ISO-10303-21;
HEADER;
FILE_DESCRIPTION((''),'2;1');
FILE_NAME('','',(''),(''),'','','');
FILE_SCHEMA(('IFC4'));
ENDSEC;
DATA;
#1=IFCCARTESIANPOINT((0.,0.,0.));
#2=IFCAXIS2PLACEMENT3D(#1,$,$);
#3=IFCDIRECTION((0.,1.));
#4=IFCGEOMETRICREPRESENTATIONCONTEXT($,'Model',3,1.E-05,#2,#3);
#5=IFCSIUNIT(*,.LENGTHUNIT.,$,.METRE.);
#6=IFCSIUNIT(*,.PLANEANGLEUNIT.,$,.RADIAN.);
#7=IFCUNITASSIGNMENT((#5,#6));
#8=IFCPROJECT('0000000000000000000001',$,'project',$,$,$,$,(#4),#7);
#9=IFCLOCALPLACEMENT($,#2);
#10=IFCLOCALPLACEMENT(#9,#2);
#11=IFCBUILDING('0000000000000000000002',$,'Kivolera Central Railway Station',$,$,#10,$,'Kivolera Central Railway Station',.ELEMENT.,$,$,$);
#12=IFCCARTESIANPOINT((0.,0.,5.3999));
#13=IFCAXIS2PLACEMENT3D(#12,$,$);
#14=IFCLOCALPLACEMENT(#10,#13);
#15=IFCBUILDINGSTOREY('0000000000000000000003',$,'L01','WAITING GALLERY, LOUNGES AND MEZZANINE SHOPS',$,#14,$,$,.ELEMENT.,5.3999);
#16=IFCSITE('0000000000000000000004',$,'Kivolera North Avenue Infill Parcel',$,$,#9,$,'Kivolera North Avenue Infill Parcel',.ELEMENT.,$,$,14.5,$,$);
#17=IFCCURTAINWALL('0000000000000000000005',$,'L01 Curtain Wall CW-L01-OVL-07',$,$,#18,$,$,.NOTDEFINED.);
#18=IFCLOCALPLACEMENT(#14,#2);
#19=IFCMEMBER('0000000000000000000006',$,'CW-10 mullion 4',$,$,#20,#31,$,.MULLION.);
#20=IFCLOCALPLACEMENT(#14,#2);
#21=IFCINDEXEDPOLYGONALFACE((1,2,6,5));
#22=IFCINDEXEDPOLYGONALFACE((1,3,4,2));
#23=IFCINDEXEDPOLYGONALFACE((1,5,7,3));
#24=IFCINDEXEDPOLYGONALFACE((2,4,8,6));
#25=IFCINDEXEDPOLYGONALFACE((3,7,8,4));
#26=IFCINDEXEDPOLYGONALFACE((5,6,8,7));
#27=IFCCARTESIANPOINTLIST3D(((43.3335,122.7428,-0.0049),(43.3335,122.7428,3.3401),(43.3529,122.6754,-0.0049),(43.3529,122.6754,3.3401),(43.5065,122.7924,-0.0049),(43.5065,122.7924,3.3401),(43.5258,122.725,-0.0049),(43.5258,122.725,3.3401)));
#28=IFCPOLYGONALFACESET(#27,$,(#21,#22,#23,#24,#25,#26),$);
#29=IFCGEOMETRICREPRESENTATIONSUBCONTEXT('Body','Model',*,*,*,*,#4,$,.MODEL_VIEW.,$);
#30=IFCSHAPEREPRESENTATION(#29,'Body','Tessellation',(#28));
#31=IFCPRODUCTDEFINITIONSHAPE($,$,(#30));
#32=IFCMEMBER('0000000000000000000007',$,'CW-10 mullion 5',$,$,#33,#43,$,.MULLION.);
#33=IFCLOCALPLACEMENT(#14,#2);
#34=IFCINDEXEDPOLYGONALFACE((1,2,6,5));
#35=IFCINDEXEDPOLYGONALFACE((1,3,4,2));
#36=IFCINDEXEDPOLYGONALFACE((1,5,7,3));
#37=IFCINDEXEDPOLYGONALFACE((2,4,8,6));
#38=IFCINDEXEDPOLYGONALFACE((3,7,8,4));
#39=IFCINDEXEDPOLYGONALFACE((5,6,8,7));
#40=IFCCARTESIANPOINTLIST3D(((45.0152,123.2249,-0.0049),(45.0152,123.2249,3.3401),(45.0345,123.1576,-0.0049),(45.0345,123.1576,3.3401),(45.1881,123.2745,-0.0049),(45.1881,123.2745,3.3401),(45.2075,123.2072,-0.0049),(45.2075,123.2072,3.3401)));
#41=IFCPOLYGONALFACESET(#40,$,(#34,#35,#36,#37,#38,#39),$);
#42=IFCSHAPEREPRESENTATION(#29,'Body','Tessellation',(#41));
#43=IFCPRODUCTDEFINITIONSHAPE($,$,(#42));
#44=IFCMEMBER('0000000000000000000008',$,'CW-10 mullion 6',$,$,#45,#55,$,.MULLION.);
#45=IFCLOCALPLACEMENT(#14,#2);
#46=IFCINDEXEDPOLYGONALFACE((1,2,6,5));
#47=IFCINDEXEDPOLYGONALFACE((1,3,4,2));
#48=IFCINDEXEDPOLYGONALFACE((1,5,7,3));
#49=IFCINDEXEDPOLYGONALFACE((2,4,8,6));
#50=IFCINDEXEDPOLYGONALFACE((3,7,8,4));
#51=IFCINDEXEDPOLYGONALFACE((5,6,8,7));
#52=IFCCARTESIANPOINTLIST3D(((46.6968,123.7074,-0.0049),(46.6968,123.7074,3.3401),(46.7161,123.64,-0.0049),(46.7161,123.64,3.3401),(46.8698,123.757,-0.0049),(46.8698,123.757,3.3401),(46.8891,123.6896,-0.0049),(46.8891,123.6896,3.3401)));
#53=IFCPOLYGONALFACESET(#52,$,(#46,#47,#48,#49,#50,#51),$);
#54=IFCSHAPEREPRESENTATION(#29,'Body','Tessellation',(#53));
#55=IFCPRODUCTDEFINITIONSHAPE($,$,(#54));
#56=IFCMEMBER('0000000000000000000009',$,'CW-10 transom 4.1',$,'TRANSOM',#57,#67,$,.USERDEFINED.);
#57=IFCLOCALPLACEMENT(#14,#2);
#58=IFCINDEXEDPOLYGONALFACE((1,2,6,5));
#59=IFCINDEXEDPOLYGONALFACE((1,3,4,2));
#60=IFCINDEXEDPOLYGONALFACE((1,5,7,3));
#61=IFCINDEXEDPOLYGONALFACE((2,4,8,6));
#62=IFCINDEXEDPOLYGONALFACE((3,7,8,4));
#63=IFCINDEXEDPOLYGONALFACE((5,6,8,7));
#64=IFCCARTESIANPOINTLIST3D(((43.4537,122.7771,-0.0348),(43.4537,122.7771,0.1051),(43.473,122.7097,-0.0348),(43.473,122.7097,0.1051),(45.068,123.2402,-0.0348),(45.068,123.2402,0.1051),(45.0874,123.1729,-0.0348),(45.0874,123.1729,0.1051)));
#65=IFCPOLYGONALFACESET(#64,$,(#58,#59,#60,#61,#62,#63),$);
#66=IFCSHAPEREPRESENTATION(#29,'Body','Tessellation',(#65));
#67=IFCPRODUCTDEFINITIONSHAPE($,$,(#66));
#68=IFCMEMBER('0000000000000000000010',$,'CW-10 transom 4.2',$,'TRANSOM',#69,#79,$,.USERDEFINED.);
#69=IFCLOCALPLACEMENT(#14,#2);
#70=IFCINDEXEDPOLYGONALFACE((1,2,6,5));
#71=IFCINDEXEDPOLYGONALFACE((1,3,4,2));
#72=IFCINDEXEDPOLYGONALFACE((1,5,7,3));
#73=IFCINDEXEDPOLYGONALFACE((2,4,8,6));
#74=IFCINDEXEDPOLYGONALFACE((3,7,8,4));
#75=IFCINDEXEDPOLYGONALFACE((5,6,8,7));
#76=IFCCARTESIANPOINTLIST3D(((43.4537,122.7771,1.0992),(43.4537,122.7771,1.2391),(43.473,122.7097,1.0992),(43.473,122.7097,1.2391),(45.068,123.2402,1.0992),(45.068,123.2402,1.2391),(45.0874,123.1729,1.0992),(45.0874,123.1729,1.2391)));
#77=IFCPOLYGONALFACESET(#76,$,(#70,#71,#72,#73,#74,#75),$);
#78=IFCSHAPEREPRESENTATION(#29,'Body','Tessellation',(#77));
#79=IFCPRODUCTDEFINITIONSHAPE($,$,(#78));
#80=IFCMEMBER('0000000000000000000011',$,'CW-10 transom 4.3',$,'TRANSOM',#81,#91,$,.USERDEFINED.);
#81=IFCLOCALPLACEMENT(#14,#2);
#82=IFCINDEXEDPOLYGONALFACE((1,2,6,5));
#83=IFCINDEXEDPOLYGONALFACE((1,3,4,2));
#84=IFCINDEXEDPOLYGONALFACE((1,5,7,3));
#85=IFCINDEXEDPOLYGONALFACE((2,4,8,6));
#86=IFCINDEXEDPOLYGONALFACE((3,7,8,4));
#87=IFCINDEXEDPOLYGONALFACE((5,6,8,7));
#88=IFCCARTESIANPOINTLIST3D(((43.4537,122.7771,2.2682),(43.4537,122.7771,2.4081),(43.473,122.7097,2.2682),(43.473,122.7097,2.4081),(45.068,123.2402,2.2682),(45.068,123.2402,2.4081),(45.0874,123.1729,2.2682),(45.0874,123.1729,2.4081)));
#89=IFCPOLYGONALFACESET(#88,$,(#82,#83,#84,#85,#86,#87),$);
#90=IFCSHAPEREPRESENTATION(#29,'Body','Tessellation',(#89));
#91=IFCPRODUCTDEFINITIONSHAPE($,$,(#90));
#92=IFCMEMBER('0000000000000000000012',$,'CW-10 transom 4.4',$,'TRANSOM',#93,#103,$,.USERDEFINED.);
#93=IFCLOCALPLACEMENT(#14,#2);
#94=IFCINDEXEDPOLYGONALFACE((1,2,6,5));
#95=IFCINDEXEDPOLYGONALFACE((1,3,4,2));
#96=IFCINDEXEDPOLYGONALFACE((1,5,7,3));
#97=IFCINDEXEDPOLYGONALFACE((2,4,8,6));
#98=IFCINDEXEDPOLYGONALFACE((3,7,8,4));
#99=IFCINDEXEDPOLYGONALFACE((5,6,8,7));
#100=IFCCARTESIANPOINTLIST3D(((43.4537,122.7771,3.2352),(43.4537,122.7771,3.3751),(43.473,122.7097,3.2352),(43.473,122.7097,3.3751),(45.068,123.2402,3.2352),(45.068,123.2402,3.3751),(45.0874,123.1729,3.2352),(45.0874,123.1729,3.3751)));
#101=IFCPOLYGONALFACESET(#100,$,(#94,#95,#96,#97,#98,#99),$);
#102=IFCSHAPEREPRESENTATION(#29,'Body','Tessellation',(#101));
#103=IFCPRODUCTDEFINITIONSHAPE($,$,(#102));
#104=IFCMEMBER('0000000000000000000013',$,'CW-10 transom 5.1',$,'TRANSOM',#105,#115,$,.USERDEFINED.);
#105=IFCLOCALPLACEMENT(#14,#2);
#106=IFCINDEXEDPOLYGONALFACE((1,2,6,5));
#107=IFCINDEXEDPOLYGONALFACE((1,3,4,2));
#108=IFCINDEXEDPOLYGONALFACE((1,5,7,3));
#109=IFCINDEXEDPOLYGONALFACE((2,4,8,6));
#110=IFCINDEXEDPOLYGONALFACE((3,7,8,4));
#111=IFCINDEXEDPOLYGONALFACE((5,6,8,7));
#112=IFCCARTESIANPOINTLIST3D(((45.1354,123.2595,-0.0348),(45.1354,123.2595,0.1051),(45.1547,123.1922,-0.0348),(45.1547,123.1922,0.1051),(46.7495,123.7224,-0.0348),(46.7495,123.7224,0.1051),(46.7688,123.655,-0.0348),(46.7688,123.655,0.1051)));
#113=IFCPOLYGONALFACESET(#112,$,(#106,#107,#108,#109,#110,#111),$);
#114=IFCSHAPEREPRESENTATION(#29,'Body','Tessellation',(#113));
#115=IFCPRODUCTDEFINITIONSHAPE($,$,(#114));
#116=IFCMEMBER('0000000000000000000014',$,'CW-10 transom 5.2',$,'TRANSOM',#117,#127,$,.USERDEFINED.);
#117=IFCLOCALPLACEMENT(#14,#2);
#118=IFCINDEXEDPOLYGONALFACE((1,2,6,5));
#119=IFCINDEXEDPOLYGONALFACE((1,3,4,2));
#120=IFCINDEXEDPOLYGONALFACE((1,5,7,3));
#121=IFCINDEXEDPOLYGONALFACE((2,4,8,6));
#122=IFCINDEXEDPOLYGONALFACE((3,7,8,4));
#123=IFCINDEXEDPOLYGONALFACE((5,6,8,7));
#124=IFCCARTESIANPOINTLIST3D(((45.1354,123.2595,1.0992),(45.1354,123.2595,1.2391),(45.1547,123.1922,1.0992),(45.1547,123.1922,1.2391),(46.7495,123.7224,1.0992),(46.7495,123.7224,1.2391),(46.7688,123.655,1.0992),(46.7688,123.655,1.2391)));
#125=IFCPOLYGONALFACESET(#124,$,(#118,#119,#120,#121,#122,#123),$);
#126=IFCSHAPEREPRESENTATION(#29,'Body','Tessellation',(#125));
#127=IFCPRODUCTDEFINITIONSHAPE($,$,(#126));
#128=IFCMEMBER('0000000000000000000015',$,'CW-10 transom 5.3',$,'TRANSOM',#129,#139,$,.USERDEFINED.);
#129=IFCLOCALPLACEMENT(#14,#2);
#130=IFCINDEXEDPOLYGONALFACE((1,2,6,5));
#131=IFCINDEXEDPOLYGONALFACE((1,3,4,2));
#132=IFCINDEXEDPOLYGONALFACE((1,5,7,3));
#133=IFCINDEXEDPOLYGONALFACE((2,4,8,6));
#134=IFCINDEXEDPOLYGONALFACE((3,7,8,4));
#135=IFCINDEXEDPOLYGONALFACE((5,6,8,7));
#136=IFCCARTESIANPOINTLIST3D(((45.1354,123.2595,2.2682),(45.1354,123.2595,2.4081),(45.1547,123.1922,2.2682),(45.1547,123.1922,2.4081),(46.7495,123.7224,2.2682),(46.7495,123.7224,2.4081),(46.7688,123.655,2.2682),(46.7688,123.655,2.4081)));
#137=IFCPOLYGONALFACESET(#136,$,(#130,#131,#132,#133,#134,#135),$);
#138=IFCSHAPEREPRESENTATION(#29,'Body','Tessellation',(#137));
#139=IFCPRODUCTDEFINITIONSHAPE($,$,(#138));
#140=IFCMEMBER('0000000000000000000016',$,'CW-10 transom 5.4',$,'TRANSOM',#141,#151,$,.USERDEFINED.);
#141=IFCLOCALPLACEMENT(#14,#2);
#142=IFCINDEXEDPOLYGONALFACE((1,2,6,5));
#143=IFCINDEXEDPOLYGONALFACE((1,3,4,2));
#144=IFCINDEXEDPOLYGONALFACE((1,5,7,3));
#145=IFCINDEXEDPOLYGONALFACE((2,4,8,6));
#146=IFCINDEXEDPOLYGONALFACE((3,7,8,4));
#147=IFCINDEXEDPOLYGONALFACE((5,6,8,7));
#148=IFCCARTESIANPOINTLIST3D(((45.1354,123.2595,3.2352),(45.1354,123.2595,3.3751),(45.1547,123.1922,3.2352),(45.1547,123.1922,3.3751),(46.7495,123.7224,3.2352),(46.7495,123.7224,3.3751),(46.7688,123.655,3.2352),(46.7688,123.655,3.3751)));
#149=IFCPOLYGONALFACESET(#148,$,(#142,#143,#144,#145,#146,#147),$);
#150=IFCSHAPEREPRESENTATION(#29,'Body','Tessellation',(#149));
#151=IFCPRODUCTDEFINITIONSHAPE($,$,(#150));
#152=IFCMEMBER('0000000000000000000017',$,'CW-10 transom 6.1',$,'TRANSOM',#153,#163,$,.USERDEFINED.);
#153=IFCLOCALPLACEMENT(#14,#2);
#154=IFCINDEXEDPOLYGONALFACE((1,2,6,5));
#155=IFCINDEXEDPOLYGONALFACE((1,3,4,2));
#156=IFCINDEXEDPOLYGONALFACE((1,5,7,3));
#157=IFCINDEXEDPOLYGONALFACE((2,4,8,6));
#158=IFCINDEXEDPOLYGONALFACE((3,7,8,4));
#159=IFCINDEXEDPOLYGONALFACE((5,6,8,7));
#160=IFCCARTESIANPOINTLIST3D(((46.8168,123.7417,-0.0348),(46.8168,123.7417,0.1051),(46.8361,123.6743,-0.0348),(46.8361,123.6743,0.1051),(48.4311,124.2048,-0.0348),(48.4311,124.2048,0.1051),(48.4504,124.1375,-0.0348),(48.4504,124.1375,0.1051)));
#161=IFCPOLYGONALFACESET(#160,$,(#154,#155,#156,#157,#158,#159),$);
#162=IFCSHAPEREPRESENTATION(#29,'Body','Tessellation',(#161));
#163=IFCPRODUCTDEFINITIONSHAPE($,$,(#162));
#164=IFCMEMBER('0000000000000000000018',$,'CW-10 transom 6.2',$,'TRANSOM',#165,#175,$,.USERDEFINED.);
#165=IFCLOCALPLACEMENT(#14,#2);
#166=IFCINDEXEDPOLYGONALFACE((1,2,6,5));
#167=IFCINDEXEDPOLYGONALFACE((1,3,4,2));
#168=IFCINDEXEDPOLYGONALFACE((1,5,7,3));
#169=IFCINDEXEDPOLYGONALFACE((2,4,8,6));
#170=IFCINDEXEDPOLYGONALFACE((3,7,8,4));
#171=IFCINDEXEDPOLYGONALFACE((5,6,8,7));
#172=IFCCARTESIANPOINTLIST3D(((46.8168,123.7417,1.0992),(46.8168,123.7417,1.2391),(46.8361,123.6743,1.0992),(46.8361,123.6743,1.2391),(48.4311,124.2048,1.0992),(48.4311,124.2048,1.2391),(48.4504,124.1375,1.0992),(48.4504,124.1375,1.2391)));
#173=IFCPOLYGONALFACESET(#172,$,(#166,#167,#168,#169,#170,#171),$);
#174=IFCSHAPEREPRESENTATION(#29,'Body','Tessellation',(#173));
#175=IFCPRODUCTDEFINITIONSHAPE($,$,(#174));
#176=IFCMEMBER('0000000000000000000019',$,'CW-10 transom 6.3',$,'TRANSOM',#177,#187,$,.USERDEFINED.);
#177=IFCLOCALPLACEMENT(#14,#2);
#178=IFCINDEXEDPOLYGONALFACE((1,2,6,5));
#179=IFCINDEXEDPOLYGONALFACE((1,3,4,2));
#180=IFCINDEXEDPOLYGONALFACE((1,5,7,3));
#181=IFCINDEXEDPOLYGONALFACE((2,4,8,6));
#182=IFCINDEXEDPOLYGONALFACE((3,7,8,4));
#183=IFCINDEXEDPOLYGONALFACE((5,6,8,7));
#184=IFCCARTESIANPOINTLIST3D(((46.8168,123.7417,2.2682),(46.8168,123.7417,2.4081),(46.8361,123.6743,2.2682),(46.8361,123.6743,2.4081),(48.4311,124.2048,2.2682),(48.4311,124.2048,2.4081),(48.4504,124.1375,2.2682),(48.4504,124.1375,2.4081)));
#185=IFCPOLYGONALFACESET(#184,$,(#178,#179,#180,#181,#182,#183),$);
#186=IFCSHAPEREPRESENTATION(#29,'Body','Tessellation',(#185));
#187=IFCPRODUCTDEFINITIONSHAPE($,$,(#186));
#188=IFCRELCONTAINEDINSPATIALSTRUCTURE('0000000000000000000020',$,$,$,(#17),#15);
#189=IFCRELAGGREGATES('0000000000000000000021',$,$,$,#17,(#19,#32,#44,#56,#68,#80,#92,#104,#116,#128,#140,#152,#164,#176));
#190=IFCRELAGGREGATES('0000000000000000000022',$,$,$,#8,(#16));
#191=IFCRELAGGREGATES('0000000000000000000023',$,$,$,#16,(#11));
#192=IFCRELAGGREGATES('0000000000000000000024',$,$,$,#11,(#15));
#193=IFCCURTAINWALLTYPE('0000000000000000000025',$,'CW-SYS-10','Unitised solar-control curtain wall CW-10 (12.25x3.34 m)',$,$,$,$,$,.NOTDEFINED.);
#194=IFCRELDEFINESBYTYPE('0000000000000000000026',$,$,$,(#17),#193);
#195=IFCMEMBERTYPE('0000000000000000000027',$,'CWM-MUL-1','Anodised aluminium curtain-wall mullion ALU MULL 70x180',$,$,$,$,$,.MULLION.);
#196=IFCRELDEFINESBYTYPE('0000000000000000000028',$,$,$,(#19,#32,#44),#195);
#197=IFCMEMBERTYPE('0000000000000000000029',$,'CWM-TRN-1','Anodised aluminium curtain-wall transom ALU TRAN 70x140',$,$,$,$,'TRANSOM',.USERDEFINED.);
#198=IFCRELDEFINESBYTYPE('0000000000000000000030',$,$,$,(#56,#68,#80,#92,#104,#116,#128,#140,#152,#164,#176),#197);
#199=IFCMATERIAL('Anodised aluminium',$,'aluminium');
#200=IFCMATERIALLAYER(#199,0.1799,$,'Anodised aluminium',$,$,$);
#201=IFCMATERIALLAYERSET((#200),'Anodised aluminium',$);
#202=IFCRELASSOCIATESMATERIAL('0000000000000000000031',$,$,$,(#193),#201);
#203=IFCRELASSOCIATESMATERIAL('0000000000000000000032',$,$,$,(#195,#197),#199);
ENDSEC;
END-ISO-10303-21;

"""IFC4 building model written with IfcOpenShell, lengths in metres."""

from ifc_helpers import new_model, si_unit, direction, frame, origin, origin_2d, place, context, subcontext, project, spatial, rectangle, extrude, material, layer, layer_set, material_profile, profile_set, type_object, element, aggregate, save


model = new_model("IFC4")

# Units and contexts
model_context = context("Model", 3, precision=1e-05, world=origin(), true_north=direction((0.0, 1.0)))
body_context = subcontext(model_context, "Body", "Model", "MODEL_VIEW")
ifc_project = project(units=[si_unit("LENGTHUNIT", "METRE"), si_unit("PLANEANGLEUNIT", "RADIAN")], contexts=[model_context])

# Site, building, storey
site_placement = place(None, origin())
site = spatial("IfcSite", under=ifc_project, at=site_placement, Name="Kivolera North Avenue Infill Parcel", LongName="Kivolera North Avenue Infill Parcel", CompositionType="ELEMENT", RefElevation=14.5)
building_placement = place(site_placement, origin())
building = spatial("IfcBuilding", under=site, at=building_placement, Name="Kivolera Central Railway Station", LongName="Kivolera Central Railway Station", CompositionType="ELEMENT")
storey_placement = place(building_placement, frame((0.0, 0.0, 5.3999)))
storey = spatial("IfcBuildingStorey", under=building, at=storey_placement, Name="L01", Description="WAITING GALLERY, LOUNGES AND MEZZANINE SHOPS", CompositionType="ELEMENT", Elevation=5.3999)

# Curtain wall, members
ifc_material_1 = material(Name="Anodised aluminium", Category="aluminium")
ifc_layer_1 = layer(ifc_material_1, 0.1799, Name="Anodised aluminium")
ifc_layer_set_1 = layer_set([ifc_layer_1], Name="Anodised aluminium")
curtain_wall_type = type_object("IfcCurtainWallType", Name="CW-SYS-10", Description="Unitised solar-control curtain wall CW-10 (12.25x3.34 m)", PredefinedType="NOTDEFINED", material=ifc_layer_set_1)
curtain_wall_placement = place(storey_placement, origin())
curtain_wall = element("IfcCurtainWall", 1, at=curtain_wall_placement, inside=storey, type_object=curtain_wall_type, Name="L01 Curtain Wall CW-L01-OVL-07", PredefinedType="NOTDEFINED")
ifc_material_profile_1 = material_profile(ifc_material_1, rectangle(XDim=0.0701, YDim=0.1799, at=origin_2d()), Name="ALU MULL 70x180")
ifc_profile_set_1 = profile_set([ifc_material_profile_1], Name="Anodised aluminium")
member_type_1 = type_object("IfcMemberType", Name="CWM-MUL-1", Description="Anodised aluminium curtain-wall mullion ALU MULL 70x180", PredefinedType="MULLION", material=ifc_profile_set_1)
member_1_placement = place(storey_placement, frame((43.4297, 122.7339, -0.0049), z_axis=(0.0, 0.0, 1.0), x_axis=(-0.275692, 0.961246, 0.0)))
member_1 = element("IfcMember", 2, at=member_1_placement, type_object=member_type_1, Name="CW-10 mullion 4", PredefinedType="MULLION", context=body_context, shape_type="SweptSolid", body=[
    extrude(rectangle(XDim=0.0701, YDim=0.1799, at=origin_2d()), origin(), (0.0, 0.0, 1.0), 3.345),
])
member_2_placement = place(storey_placement, frame((45.1113, 123.2161, -0.0049), z_axis=(0.0, 0.0, 1.0), x_axis=(-0.275692, 0.961246, 0.0)))
member_2 = element("IfcMember", 3, at=member_2_placement, type_object=member_type_1, Name="CW-10 mullion 5", PredefinedType="MULLION", context=body_context, shape_type="SweptSolid", body=[
    extrude(rectangle(XDim=0.0701, YDim=0.1799, at=origin_2d()), origin(), (0.0, 0.0, 1.0), 3.345),
])
member_3_placement = place(storey_placement, frame((46.793, 123.6985, -0.0049), z_axis=(0.0, 0.0, 1.0), x_axis=(-0.275692, 0.961246, 0.0)))
member_3 = element("IfcMember", 4, at=member_3_placement, type_object=member_type_1, Name="CW-10 mullion 6", PredefinedType="MULLION", context=body_context, shape_type="SweptSolid", body=[
    extrude(rectangle(XDim=0.0701, YDim=0.1799, at=origin_2d()), origin(), (0.0, 0.0, 1.0), 3.345),
])
ifc_material_profile_2 = material_profile(ifc_material_1, rectangle(XDim=0.0701, YDim=0.1399, at=origin_2d()), Name="ALU TRAN 70x140")
ifc_profile_set_2 = profile_set([ifc_material_profile_2], Name="Anodised aluminium")
member_type_2 = type_object("IfcMemberType", Name="CWM-TRN-1", Description="Anodised aluminium curtain-wall transom ALU TRAN 70x140", ElementType="TRANSOM", PredefinedType="USERDEFINED", material=ifc_profile_set_2)
member_4_placement = place(storey_placement, frame((43.4634, 122.7434, 0.0352), z_axis=(0.961222, 0.275777, 0.0), x_axis=(-0.275777, 0.961222, 0.0)))
member_4 = element("IfcMember", 5, at=member_4_placement, type_object=member_type_2, Name="CW-10 transom 4.1", ObjectType="TRANSOM", PredefinedType="USERDEFINED", context=body_context, shape_type="SweptSolid", body=[
    extrude(rectangle(XDim=0.0701, YDim=0.1399, at=origin_2d()), origin(), (0.0, 0.0, 1.0), 1.6794),
])
member_5_placement = place(storey_placement, frame((43.4634, 122.7434, 1.1692), z_axis=(0.961222, 0.275777, 0.0), x_axis=(-0.275777, 0.961222, 0.0)))
member_5 = element("IfcMember", 6, at=member_5_placement, type_object=member_type_2, Name="CW-10 transom 4.2", ObjectType="TRANSOM", PredefinedType="USERDEFINED", context=body_context, shape_type="SweptSolid", body=[
    extrude(rectangle(XDim=0.0701, YDim=0.1399, at=origin_2d()), origin(), (0.0, 0.0, 1.0), 1.6794),
])
member_6_placement = place(storey_placement, frame((43.4634, 122.7434, 2.3381), z_axis=(0.961222, 0.275777, 0.0), x_axis=(-0.275777, 0.961222, 0.0)))
member_6 = element("IfcMember", 7, at=member_6_placement, type_object=member_type_2, Name="CW-10 transom 4.3", ObjectType="TRANSOM", PredefinedType="USERDEFINED", context=body_context, shape_type="SweptSolid", body=[
    extrude(rectangle(XDim=0.0701, YDim=0.1399, at=origin_2d()), origin(), (0.0, 0.0, 1.0), 1.6794),
])
member_7_placement = place(storey_placement, frame((43.4634, 122.7434, 3.3052), z_axis=(0.961222, 0.275777, 0.0), x_axis=(-0.275777, 0.961222, 0.0)))
member_7 = element("IfcMember", 8, at=member_7_placement, type_object=member_type_2, Name="CW-10 transom 4.4", ObjectType="TRANSOM", PredefinedType="USERDEFINED", context=body_context, shape_type="SweptSolid", body=[
    extrude(rectangle(XDim=0.0701, YDim=0.1399, at=origin_2d()), origin(), (0.0, 0.0, 1.0), 1.6794),
])
member_8_placement = place(storey_placement, frame((45.145, 123.2258, 0.0352), z_axis=(0.96126, 0.275643, 0.0), x_axis=(-0.275643, 0.96126, 0.0)))
member_8 = element("IfcMember", 9, at=member_8_placement, type_object=member_type_2, Name="CW-10 transom 5.1", ObjectType="TRANSOM", PredefinedType="USERDEFINED", context=body_context, shape_type="SweptSolid", body=[
    extrude(rectangle(XDim=0.0701, YDim=0.1399, at=origin_2d()), origin(), (0.0, 0.0, 1.0), 1.6792),
])
member_9_placement = place(storey_placement, frame((45.145, 123.2258, 1.1692), z_axis=(0.96126, 0.275643, 0.0), x_axis=(-0.275643, 0.96126, 0.0)))
member_9 = element("IfcMember", 10, at=member_9_placement, type_object=member_type_2, Name="CW-10 transom 5.2", ObjectType="TRANSOM", PredefinedType="USERDEFINED", context=body_context, shape_type="SweptSolid", body=[
    extrude(rectangle(XDim=0.0701, YDim=0.1399, at=origin_2d()), origin(), (0.0, 0.0, 1.0), 1.6792),
])
member_10_placement = place(storey_placement, frame((45.145, 123.2258, 2.3381), z_axis=(0.96126, 0.275643, 0.0), x_axis=(-0.275643, 0.96126, 0.0)))
member_10 = element("IfcMember", 11, at=member_10_placement, type_object=member_type_2, Name="CW-10 transom 5.3", ObjectType="TRANSOM", PredefinedType="USERDEFINED", context=body_context, shape_type="SweptSolid", body=[
    extrude(rectangle(XDim=0.0701, YDim=0.1399, at=origin_2d()), origin(), (0.0, 0.0, 1.0), 1.6792),
])
member_11_placement = place(storey_placement, frame((45.145, 123.2258, 3.3052), z_axis=(0.96126, 0.275643, 0.0), x_axis=(-0.275643, 0.96126, 0.0)))
member_11 = element("IfcMember", 12, at=member_11_placement, type_object=member_type_2, Name="CW-10 transom 5.4", ObjectType="TRANSOM", PredefinedType="USERDEFINED", context=body_context, shape_type="SweptSolid", body=[
    extrude(rectangle(XDim=0.0701, YDim=0.1399, at=origin_2d()), origin(), (0.0, 0.0, 1.0), 1.6792),
])
member_12_placement = place(storey_placement, frame((46.8264, 123.708, 0.0352), z_axis=(0.961222, 0.275777, 0.0), x_axis=(-0.275777, 0.961222, 0.0)))
member_12 = element("IfcMember", 13, at=member_12_placement, type_object=member_type_2, Name="CW-10 transom 6.1", ObjectType="TRANSOM", PredefinedType="USERDEFINED", context=body_context, shape_type="SweptSolid", body=[
    extrude(rectangle(XDim=0.0701, YDim=0.1399, at=origin_2d()), origin(), (0.0, 0.0, 1.0), 1.6794),
])
member_13_placement = place(storey_placement, frame((46.8264, 123.708, 1.1692), z_axis=(0.961222, 0.275777, 0.0), x_axis=(-0.275777, 0.961222, 0.0)))
member_13 = element("IfcMember", 14, at=member_13_placement, type_object=member_type_2, Name="CW-10 transom 6.2", ObjectType="TRANSOM", PredefinedType="USERDEFINED", context=body_context, shape_type="SweptSolid", body=[
    extrude(rectangle(XDim=0.0701, YDim=0.1399, at=origin_2d()), origin(), (0.0, 0.0, 1.0), 1.6794),
])
member_14_placement = place(storey_placement, frame((46.8264, 123.708, 2.3381), z_axis=(0.961222, 0.275777, 0.0), x_axis=(-0.275777, 0.961222, 0.0)))
member_14 = element("IfcMember", 15, at=member_14_placement, type_object=member_type_2, Name="CW-10 transom 6.3", ObjectType="TRANSOM", PredefinedType="USERDEFINED", context=body_context, shape_type="SweptSolid", body=[
    extrude(rectangle(XDim=0.0701, YDim=0.1399, at=origin_2d()), origin(), (0.0, 0.0, 1.0), 1.6794),
])
aggregate(curtain_wall, [member_1, member_2, member_3, member_4, member_5, member_6, member_7, member_8, member_9, member_10, member_11, member_12, member_13, member_14])

save(model, "model.ifc")
